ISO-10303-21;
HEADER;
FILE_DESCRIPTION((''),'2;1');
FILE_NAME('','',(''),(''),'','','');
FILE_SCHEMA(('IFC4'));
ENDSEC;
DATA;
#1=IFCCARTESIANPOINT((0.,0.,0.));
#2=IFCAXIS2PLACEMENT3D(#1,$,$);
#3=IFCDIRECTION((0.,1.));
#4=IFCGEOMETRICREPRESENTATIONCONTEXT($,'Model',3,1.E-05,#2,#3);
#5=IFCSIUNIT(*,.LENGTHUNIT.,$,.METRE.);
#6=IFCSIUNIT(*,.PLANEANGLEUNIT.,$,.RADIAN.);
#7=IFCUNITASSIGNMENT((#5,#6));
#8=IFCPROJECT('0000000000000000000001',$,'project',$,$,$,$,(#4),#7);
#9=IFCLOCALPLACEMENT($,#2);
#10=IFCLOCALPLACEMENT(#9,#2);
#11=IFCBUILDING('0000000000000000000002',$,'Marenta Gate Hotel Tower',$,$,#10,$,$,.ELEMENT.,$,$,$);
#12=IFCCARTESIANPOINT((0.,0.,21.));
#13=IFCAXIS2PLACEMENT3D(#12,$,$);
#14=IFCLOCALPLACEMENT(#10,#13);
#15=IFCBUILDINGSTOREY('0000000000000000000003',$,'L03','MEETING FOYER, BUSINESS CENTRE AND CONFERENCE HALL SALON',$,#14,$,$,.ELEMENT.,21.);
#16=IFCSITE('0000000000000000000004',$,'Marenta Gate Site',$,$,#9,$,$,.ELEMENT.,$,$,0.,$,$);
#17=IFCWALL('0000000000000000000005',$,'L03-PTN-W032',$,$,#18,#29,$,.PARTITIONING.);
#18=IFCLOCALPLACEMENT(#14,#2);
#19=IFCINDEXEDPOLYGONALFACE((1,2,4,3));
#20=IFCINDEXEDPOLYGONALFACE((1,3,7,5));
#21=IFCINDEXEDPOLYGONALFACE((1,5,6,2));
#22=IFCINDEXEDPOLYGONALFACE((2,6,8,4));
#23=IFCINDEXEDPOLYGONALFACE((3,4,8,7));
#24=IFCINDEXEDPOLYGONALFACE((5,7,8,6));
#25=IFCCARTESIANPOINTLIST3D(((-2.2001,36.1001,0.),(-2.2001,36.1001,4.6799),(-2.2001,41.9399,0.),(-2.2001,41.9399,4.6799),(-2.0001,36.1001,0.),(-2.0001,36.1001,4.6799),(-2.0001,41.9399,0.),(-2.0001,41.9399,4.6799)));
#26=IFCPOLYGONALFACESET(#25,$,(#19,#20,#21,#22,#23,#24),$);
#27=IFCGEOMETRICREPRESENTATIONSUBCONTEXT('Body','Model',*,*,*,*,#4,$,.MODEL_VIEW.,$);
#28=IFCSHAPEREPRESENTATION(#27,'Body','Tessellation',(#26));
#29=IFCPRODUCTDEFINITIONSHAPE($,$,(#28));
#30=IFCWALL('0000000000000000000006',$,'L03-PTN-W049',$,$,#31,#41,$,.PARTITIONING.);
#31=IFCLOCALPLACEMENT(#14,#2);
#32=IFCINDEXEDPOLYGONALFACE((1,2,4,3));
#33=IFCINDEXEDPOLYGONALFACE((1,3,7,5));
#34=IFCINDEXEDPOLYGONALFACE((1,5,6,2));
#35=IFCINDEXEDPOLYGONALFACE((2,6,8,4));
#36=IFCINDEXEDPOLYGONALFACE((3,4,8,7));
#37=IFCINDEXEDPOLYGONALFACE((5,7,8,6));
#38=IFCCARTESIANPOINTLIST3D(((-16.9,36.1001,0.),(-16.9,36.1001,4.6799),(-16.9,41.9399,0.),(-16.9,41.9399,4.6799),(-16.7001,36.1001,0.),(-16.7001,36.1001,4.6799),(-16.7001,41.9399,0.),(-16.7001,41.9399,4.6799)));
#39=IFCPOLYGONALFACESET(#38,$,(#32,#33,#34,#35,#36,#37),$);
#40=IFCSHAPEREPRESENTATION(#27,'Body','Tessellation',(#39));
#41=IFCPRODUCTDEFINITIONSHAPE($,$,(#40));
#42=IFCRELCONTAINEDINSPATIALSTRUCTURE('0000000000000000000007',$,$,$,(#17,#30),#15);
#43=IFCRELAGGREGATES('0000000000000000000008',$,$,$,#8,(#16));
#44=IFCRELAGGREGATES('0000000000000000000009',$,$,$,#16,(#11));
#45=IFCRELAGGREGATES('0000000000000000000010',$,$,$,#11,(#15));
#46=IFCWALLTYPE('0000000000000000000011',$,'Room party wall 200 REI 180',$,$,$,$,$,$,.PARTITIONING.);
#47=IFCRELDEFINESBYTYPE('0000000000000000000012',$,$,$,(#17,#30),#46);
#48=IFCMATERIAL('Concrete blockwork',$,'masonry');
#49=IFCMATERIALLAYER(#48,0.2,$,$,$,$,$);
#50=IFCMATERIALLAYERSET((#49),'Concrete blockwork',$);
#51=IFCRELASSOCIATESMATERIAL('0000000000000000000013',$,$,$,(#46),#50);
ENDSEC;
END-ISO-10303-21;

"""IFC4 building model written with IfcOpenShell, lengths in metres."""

from ifc_helpers import new_model, si_unit, direction, frame, frame_2d, origin, place, context, subcontext, project, spatial, rectangle, extrude, material, layer, layer_set, type_object, element, save


model = new_model("IFC4")

# Units and contexts
model_context = context("Model", 3, precision=1e-05, world=origin(), true_north=direction((0.0, 1.0)))
body_context = subcontext(model_context, "Body", "Model", "MODEL_VIEW")
ifc_project = project(units=[si_unit("LENGTHUNIT", "METRE"), si_unit("PLANEANGLEUNIT", "RADIAN")], contexts=[model_context])

# Site, building, storey
site_placement = place(None, origin())
site = spatial("IfcSite", under=ifc_project, at=site_placement, Name="Marenta Gate Site", CompositionType="ELEMENT", RefElevation=0.0)
building_placement = place(site_placement, origin())
building = spatial("IfcBuilding", under=site, at=building_placement, Name="Marenta Gate Hotel Tower", CompositionType="ELEMENT")
storey_placement = place(building_placement, frame((0.0, 0.0, 21.0)))
storey = spatial("IfcBuildingStorey", under=building, at=storey_placement, Name="L03", Description="MEETING FOYER, BUSINESS CENTRE AND CONFERENCE HALL SALON", CompositionType="ELEMENT", Elevation=21.0)

# Walls
ifc_material_1 = material(Name="Concrete blockwork", Category="masonry")
ifc_layer_1 = layer(ifc_material_1, 0.2)
ifc_layer_set_1 = layer_set([ifc_layer_1], Name="Concrete blockwork")
wall_type_1 = type_object("IfcWallType", Name="Room party wall 200 REI 180", PredefinedType="PARTITIONING", material=ifc_layer_set_1)
for number, where, z_axis, x_axis, name in (
    (1, (-2.1001, 36.1001, 0.0), (0.0, 0.0, 1.0), (0.0, 1.0, 0.0), "L03-PTN-W032"),
    (2, (-16.8, 36.1001, 0.0), (0.0, 0.0, 1.0), (0.0, 1.0, 0.0), "L03-PTN-W049"),
):
    element("IfcWall", number, at=place(storey_placement, frame(where, z_axis=z_axis, x_axis=x_axis)), inside=storey, type_object=wall_type_1, Name=name, PredefinedType="PARTITIONING", context=body_context, shape_type="SweptSolid", body=[
        extrude(rectangle(XDim=5.8398, YDim=0.2, at=frame_2d((2.9199, 0.0))), origin(), (0.0, 0.0, 1.0), 4.6799),
    ])

save(model, "model.ifc")
